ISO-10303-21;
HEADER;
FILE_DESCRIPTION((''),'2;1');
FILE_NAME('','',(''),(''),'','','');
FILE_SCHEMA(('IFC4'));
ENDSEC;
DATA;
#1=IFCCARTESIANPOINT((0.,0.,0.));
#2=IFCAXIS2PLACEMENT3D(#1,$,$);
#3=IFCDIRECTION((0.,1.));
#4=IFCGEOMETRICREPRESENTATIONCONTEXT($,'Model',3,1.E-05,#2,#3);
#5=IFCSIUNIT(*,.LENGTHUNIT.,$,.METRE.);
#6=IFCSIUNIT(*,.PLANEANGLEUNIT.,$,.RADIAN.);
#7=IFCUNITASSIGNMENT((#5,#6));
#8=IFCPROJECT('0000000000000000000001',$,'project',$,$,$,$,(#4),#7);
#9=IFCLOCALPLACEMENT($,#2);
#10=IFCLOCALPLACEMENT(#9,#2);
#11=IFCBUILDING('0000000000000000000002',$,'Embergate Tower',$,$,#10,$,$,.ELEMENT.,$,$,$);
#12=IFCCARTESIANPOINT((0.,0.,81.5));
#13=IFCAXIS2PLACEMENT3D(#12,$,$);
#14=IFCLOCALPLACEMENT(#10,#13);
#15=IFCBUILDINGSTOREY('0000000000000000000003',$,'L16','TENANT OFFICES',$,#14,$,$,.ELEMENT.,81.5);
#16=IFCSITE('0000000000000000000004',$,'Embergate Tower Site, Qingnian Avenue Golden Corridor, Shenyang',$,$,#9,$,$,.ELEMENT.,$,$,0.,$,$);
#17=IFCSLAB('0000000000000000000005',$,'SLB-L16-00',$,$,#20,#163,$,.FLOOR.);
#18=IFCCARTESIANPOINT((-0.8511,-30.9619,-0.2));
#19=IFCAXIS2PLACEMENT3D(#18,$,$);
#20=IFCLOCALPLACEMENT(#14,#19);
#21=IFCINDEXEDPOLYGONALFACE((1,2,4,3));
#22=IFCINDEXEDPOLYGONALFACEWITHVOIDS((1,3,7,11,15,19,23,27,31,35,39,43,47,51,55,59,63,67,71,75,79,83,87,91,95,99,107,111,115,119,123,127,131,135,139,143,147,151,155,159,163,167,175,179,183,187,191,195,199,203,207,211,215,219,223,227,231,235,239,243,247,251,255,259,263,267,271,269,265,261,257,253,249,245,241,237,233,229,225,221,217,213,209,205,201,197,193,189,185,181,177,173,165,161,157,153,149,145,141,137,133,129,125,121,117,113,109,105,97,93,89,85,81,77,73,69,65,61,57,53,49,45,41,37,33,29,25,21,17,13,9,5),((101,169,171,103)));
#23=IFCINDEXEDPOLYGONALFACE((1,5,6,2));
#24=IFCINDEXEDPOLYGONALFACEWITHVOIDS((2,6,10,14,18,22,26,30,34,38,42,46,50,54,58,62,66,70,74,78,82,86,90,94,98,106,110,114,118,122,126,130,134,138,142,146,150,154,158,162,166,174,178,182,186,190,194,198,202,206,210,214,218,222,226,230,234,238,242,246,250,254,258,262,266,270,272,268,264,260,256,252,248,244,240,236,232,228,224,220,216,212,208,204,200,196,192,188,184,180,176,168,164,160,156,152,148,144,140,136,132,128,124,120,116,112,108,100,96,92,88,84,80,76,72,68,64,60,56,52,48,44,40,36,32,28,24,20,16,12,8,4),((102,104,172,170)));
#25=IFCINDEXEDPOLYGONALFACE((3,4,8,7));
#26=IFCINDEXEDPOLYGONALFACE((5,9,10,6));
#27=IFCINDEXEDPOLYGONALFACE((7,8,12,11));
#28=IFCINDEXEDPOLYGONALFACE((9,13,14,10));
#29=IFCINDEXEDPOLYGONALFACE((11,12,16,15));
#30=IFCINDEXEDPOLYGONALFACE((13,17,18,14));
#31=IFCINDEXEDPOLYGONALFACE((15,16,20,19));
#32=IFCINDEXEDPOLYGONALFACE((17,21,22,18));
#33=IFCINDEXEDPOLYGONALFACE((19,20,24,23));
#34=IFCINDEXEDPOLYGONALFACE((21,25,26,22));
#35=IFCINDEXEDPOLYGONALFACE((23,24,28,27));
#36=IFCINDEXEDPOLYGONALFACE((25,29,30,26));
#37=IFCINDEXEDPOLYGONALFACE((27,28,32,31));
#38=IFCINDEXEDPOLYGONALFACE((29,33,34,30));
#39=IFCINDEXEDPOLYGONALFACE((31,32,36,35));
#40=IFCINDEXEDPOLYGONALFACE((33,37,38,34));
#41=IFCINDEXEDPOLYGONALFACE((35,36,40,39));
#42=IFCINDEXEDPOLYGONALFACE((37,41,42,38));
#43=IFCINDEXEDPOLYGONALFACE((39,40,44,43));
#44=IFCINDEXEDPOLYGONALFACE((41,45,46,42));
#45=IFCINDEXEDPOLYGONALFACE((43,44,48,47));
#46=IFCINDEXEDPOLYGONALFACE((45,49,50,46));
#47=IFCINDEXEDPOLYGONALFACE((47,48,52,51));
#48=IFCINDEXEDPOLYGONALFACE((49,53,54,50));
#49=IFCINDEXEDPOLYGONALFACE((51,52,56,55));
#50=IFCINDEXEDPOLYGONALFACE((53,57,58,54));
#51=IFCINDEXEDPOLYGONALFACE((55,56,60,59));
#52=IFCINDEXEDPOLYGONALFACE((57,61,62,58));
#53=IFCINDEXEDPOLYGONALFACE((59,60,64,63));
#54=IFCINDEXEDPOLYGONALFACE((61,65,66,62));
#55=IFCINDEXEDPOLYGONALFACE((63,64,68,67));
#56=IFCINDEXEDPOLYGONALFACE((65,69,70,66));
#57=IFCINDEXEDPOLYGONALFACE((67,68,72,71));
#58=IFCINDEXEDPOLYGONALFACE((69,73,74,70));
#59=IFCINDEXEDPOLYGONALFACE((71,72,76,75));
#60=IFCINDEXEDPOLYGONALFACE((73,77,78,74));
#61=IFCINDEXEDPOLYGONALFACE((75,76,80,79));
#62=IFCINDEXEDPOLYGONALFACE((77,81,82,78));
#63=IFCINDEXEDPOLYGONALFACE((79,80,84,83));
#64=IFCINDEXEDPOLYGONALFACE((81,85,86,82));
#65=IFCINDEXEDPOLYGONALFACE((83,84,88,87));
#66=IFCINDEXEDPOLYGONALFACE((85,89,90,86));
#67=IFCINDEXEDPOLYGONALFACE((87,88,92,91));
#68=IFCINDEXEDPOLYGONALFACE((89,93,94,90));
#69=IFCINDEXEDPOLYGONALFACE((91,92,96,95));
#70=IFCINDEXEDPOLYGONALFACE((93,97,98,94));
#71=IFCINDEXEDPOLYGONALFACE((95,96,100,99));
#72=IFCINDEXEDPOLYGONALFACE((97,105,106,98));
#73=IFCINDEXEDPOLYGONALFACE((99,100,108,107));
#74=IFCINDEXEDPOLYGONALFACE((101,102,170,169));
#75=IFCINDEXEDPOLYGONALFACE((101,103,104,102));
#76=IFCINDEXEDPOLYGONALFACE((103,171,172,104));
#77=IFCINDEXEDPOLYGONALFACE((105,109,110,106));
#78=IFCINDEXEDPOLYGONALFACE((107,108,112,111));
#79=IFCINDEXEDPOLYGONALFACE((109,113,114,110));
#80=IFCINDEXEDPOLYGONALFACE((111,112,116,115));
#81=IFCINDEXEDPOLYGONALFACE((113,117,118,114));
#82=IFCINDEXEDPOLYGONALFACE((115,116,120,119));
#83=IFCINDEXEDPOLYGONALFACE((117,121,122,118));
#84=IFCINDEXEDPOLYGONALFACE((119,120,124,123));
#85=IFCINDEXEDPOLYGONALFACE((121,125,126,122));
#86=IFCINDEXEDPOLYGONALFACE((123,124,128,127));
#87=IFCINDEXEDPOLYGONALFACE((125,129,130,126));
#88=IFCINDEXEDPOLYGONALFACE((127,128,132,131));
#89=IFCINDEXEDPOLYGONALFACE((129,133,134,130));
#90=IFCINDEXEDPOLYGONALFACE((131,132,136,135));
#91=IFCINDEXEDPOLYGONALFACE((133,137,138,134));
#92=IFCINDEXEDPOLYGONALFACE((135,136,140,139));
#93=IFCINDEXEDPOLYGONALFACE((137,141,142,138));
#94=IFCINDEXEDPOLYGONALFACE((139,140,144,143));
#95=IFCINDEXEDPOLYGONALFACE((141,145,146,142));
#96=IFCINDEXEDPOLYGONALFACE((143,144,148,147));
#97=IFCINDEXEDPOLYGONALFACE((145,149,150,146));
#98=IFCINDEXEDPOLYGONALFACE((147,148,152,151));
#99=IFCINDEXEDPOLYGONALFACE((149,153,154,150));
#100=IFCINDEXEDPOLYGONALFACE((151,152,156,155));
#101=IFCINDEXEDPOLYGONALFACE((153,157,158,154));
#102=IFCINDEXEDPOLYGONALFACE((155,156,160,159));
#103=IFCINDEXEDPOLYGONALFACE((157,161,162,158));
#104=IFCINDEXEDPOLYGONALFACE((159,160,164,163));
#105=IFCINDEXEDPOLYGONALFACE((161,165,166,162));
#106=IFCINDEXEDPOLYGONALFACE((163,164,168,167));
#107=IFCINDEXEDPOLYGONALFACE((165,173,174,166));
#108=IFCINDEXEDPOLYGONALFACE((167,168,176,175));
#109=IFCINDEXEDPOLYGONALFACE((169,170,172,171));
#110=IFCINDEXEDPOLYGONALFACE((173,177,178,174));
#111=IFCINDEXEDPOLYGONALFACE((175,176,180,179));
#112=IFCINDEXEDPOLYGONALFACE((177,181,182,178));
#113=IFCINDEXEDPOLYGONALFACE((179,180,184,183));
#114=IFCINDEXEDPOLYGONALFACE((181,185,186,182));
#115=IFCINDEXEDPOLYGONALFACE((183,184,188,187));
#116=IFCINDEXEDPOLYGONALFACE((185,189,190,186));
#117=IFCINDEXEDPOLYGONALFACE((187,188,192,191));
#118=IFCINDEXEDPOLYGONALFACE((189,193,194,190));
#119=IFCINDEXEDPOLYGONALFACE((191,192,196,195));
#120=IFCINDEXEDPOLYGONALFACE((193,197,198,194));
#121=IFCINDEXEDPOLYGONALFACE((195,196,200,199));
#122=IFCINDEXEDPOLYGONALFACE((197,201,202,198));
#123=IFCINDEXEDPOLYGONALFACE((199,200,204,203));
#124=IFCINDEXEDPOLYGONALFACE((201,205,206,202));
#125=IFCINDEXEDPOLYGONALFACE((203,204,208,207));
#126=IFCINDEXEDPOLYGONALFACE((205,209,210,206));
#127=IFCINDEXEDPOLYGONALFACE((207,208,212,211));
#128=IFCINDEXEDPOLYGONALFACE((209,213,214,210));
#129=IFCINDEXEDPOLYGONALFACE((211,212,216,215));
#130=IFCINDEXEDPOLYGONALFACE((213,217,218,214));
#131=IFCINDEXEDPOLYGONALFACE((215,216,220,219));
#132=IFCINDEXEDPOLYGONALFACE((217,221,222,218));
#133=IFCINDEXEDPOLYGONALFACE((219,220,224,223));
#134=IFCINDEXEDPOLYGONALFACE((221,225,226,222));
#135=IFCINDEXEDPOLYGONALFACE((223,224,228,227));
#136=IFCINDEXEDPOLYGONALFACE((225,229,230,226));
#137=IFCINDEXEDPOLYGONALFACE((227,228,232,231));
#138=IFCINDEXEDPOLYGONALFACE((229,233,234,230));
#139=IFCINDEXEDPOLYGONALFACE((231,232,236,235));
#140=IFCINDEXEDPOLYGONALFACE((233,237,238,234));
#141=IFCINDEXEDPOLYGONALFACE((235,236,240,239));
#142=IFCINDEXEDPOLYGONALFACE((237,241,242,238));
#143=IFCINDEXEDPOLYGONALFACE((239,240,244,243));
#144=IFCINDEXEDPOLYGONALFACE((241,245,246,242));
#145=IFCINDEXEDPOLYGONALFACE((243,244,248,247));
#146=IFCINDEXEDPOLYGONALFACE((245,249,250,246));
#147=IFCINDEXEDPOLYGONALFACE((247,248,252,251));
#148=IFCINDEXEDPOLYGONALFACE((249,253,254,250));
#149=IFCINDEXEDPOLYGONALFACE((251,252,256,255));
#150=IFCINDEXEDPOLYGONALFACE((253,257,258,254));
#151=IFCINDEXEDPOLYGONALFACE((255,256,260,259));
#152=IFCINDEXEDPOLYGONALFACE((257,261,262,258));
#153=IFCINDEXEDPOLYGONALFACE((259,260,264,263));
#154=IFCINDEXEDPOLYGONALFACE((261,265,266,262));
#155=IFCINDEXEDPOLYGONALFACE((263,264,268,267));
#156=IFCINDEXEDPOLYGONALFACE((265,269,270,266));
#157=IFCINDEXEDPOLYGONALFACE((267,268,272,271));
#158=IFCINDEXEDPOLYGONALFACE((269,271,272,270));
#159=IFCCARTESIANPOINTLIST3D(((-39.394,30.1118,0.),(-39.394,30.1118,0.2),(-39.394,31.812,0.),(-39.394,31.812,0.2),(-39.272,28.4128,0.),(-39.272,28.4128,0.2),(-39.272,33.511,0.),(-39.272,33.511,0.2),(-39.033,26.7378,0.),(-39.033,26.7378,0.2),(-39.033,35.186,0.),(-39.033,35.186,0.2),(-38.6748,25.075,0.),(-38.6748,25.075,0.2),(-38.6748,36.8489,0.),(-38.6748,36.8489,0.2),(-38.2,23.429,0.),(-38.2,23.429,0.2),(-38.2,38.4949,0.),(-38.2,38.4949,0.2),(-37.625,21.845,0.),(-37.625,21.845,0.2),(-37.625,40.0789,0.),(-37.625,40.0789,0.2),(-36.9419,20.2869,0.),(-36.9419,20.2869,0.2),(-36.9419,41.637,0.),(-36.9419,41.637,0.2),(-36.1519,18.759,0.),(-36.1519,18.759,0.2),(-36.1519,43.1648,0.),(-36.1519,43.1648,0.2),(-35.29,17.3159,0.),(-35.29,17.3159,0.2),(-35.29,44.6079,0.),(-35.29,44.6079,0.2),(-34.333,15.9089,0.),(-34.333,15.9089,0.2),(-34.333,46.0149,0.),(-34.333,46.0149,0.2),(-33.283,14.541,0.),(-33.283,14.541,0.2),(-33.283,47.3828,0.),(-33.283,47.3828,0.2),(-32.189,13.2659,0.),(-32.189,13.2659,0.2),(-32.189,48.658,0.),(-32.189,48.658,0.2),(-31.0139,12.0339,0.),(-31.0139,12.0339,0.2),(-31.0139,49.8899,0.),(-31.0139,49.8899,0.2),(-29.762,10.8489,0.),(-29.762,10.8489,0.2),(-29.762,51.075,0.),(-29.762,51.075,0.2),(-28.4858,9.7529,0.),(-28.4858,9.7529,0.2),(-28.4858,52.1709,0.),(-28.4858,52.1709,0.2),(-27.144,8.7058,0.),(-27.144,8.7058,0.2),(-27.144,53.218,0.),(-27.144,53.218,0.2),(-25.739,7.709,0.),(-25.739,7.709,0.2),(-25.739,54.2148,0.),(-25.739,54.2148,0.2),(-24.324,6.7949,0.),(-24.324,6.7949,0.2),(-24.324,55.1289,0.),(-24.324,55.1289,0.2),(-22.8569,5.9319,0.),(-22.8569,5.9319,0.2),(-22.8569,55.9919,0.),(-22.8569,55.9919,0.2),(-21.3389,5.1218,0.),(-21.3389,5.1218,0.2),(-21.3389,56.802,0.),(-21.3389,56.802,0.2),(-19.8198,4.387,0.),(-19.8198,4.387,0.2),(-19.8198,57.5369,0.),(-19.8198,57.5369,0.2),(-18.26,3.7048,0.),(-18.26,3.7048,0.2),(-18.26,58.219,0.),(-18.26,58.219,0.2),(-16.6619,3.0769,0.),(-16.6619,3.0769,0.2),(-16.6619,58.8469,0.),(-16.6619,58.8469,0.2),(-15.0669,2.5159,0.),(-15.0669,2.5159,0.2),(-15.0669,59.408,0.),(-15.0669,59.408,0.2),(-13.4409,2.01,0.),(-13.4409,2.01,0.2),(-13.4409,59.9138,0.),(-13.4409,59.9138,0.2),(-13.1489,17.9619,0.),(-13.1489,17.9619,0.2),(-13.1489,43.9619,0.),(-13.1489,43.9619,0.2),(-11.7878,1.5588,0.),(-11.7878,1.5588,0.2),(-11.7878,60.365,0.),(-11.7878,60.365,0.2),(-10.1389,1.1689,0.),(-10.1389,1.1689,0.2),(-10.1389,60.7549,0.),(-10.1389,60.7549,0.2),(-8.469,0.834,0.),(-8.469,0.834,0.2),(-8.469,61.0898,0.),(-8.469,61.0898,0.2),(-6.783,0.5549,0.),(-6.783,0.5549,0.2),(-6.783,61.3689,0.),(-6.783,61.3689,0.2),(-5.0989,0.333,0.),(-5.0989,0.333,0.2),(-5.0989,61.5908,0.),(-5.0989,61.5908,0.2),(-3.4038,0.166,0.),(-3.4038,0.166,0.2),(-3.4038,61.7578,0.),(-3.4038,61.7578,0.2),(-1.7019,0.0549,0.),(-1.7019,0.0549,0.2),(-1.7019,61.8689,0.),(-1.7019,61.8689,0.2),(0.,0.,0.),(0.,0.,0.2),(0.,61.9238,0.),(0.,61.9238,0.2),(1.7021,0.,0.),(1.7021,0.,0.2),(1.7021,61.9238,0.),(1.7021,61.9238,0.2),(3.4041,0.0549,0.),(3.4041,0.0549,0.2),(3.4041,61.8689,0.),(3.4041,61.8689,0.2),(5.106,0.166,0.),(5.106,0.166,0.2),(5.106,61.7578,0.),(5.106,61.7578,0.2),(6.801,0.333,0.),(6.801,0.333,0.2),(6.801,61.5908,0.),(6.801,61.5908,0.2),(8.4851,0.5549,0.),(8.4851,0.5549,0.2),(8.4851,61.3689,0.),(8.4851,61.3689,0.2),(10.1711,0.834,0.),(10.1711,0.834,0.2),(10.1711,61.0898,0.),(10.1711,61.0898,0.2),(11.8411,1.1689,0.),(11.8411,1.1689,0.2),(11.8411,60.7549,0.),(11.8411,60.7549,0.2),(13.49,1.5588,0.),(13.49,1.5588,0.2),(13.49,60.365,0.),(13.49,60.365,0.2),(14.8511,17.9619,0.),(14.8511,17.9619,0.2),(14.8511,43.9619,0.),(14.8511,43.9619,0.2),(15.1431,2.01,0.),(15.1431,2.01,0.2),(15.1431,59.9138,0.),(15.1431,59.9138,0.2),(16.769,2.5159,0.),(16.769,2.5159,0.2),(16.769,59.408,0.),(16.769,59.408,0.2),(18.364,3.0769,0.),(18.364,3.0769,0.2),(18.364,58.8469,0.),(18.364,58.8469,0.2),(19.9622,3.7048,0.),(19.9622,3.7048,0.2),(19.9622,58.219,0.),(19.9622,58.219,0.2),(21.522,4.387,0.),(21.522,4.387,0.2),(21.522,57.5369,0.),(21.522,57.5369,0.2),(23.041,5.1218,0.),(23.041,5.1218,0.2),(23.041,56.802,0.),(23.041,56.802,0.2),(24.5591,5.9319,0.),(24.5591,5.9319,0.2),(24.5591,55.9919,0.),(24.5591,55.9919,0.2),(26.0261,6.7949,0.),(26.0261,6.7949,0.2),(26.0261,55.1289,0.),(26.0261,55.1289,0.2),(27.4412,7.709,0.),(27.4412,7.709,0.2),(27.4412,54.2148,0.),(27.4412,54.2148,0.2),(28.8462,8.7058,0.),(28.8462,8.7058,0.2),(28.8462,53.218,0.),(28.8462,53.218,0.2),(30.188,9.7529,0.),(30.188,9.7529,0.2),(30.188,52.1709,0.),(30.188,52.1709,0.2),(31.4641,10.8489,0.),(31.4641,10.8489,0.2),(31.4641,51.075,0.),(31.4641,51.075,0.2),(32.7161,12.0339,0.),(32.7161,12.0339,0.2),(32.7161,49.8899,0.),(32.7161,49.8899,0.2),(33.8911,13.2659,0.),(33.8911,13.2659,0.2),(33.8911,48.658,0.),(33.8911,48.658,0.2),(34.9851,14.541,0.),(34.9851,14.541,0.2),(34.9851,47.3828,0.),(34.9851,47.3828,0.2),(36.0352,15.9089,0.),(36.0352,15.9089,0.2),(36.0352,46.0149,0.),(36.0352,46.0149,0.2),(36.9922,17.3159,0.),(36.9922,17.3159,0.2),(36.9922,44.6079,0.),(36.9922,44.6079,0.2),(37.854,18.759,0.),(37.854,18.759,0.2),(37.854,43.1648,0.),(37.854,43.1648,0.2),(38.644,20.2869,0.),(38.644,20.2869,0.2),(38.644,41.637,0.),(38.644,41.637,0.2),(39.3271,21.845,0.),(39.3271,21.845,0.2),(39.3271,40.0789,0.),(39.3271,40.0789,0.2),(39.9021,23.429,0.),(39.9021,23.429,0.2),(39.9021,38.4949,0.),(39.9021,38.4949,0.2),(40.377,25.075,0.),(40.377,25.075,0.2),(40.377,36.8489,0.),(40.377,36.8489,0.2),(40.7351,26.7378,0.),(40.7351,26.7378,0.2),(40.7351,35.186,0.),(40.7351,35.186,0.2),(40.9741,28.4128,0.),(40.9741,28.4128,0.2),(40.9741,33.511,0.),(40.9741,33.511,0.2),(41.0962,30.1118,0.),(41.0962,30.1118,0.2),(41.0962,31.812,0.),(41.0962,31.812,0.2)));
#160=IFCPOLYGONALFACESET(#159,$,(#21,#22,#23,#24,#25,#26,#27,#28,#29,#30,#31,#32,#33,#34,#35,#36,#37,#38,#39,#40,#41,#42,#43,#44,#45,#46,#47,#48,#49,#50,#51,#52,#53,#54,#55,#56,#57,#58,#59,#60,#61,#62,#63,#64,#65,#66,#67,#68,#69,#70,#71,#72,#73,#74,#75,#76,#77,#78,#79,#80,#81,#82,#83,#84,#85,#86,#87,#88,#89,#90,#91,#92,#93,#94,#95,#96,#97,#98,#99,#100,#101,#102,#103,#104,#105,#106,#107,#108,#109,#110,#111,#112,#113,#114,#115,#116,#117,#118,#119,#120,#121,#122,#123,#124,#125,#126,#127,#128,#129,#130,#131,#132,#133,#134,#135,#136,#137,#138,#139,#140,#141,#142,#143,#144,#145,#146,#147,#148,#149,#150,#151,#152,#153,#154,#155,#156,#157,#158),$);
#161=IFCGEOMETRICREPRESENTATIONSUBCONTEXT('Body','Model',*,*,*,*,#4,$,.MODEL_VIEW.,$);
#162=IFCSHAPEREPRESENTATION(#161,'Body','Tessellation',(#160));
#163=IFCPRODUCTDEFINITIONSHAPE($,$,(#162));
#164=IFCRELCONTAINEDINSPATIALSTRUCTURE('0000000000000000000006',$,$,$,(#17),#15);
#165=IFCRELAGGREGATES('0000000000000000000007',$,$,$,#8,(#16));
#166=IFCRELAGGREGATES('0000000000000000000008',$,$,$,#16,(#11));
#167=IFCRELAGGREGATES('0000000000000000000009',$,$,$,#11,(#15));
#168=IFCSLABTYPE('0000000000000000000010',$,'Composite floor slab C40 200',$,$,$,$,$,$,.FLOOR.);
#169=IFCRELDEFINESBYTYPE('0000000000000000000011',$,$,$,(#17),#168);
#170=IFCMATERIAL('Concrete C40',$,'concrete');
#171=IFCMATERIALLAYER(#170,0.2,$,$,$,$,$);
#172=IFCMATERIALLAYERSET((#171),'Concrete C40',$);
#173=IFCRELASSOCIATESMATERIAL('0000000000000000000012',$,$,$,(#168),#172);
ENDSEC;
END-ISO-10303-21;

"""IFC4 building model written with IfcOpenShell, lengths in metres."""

from ifc_helpers import new_model, si_unit, direction, frame, origin, place, context, subcontext, project, spatial, polyline, outline, extrude, source, transform, mapped, material, layer, layer_set, type_object, element, save


model = new_model("IFC4")

# Units and contexts
model_context = context("Model", 3, precision=1e-05, world=origin(), true_north=direction((0.0, 1.0)))
body_context = subcontext(model_context, "Body", "Model", "MODEL_VIEW")
ifc_project = project(units=[si_unit("LENGTHUNIT", "METRE"), si_unit("PLANEANGLEUNIT", "RADIAN")], contexts=[model_context])

# Site, building, storey
site_placement = place(None, origin())
site = spatial("IfcSite", under=ifc_project, at=site_placement, Name="Embergate Tower Site, Qingnian Avenue Golden Corridor, Shenyang", CompositionType="ELEMENT", RefElevation=0.0)
building_placement = place(site_placement, origin())
building = spatial("IfcBuilding", under=site, at=building_placement, Name="Embergate Tower", CompositionType="ELEMENT")
storey_placement = place(building_placement, frame((0.0, 0.0, 81.5)))
storey = spatial("IfcBuildingStorey", under=building, at=storey_placement, Name="L16", Description="TENANT OFFICES", CompositionType="ELEMENT", Elevation=81.5)

# Slab
ifc_material_1 = material(Name="Concrete C40", Category="concrete")
ifc_layer_1 = layer(ifc_material_1, 0.2)
ifc_layer_set_1 = layer_set([ifc_layer_1], Name="Concrete C40")
slab_type = type_object("IfcSlabType", Name="Composite floor slab C40 200", PredefinedType="FLOOR", material=ifc_layer_set_1)
shared_shape_1 = source(origin(), body_context, "Body", "SweptSolid", [
    extrude(outline(polyline([(0.0, 0.0), (1.7021, 0.0), (3.4041, 0.0549), (5.106, 0.166), (6.801, 0.333), (8.4851, 0.5549), (10.1711, 0.834), (11.8411, 1.1689), (13.49, 1.5588), (15.1431, 2.01), (16.769, 2.5159), (18.364, 3.0769), (19.9622, 3.7048), (21.522, 4.387), (23.041, 5.1218), (24.5591, 5.9319), (26.0261, 6.7949), (27.4412, 7.709), (28.8462, 8.7058), (30.188, 9.7529), (31.4641, 10.8489), (32.7161, 12.0339), (33.8911, 13.2659), (34.9851, 14.541), (36.0352, 15.9089), (36.9922, 17.3159), (37.854, 18.759), (38.644, 20.2869), (39.3271, 21.845), (39.9021, 23.429), (40.377, 25.075), (40.7351, 26.7378), (40.9741, 28.4128), (41.0962, 30.1118), (41.0962, 31.812), (40.9741, 33.511), (40.7351, 35.186), (40.377, 36.8489), (39.9021, 38.4949), (39.3271, 40.0789), (38.644, 41.637), (37.854, 43.1648), (36.9922, 44.6079), (36.0352, 46.0149), (34.9851, 47.3828), (33.8911, 48.658), (32.7161, 49.8899), (31.4641, 51.075), (30.188, 52.1709), (28.8462, 53.218), (27.4412, 54.2148), (26.0261, 55.1289), (24.5591, 55.9919), (23.041, 56.802), (21.522, 57.5369), (19.9622, 58.219), (18.364, 58.8469), (16.769, 59.408), (15.1431, 59.9138), (13.49, 60.365), (11.8411, 60.7549), (10.1711, 61.0898), (8.4851, 61.3689), (6.801, 61.5908), (5.106, 61.7578), (3.4041, 61.8689), (1.7021, 61.9238), (0.0, 61.9238), (-1.7019, 61.8689), (-3.4038, 61.7578), (-5.0989, 61.5908), (-6.783, 61.3689), (-8.469, 61.0898), (-10.1389, 60.7549), (-11.7878, 60.365), (-13.4409, 59.9138), (-15.0669, 59.408), (-16.6619, 58.8469), (-18.26, 58.219), (-19.8198, 57.5369), (-21.3389, 56.802), (-22.8569, 55.9919), (-24.324, 55.1289), (-25.739, 54.2148), (-27.144, 53.218), (-28.4858, 52.1709), (-29.762, 51.075), (-31.0139, 49.8899), (-32.189, 48.658), (-33.283, 47.3828), (-34.333, 46.0149), (-35.29, 44.6079), (-36.1519, 43.1648), (-36.9419, 41.637), (-37.625, 40.0789), (-38.2, 38.4949), (-38.6748, 36.8489), (-39.033, 35.186), (-39.272, 33.511), (-39.394, 31.812), (-39.394, 30.1118), (-39.272, 28.4128), (-39.033, 26.7378), (-38.6748, 25.075), (-38.2, 23.429), (-37.625, 21.845), (-36.9419, 20.2869), (-36.1519, 18.759), (-35.29, 17.3159), (-34.333, 15.9089), (-33.283, 14.541), (-32.189, 13.2659), (-31.0139, 12.0339), (-29.762, 10.8489), (-28.4858, 9.7529), (-27.144, 8.7058), (-25.739, 7.709), (-24.324, 6.7949), (-22.8569, 5.9319), (-21.3389, 5.1218), (-19.8198, 4.387), (-18.26, 3.7048), (-16.6619, 3.0769), (-15.0669, 2.5159), (-13.4409, 2.01), (-11.7878, 1.5588), (-10.1389, 1.1689), (-8.469, 0.834), (-6.783, 0.5549), (-5.0989, 0.333), (-3.4038, 0.166), (-1.7019, 0.0549), (0.0, 0.0)]), holes=[polyline([(-13.1489, 17.9619), (-13.1489, 43.9619), (14.8511, 43.9619), (14.8511, 17.9619), (-13.1489, 17.9619)])]), origin(), (0.0, 0.0, 1.0), 0.2),
])
slab_placement = place(storey_placement, frame((-0.8511, -30.9619, -0.2)))
element("IfcSlab", 1, at=slab_placement, inside=storey, type_object=slab_type, Name="SLB-L16-00", PredefinedType="FLOOR", context=body_context, shape_type="MappedRepresentation", body=[
    mapped(shared_shape_1, transform((0.0, 0.0, 0.0))),
])

save(model, "model.ifc")
